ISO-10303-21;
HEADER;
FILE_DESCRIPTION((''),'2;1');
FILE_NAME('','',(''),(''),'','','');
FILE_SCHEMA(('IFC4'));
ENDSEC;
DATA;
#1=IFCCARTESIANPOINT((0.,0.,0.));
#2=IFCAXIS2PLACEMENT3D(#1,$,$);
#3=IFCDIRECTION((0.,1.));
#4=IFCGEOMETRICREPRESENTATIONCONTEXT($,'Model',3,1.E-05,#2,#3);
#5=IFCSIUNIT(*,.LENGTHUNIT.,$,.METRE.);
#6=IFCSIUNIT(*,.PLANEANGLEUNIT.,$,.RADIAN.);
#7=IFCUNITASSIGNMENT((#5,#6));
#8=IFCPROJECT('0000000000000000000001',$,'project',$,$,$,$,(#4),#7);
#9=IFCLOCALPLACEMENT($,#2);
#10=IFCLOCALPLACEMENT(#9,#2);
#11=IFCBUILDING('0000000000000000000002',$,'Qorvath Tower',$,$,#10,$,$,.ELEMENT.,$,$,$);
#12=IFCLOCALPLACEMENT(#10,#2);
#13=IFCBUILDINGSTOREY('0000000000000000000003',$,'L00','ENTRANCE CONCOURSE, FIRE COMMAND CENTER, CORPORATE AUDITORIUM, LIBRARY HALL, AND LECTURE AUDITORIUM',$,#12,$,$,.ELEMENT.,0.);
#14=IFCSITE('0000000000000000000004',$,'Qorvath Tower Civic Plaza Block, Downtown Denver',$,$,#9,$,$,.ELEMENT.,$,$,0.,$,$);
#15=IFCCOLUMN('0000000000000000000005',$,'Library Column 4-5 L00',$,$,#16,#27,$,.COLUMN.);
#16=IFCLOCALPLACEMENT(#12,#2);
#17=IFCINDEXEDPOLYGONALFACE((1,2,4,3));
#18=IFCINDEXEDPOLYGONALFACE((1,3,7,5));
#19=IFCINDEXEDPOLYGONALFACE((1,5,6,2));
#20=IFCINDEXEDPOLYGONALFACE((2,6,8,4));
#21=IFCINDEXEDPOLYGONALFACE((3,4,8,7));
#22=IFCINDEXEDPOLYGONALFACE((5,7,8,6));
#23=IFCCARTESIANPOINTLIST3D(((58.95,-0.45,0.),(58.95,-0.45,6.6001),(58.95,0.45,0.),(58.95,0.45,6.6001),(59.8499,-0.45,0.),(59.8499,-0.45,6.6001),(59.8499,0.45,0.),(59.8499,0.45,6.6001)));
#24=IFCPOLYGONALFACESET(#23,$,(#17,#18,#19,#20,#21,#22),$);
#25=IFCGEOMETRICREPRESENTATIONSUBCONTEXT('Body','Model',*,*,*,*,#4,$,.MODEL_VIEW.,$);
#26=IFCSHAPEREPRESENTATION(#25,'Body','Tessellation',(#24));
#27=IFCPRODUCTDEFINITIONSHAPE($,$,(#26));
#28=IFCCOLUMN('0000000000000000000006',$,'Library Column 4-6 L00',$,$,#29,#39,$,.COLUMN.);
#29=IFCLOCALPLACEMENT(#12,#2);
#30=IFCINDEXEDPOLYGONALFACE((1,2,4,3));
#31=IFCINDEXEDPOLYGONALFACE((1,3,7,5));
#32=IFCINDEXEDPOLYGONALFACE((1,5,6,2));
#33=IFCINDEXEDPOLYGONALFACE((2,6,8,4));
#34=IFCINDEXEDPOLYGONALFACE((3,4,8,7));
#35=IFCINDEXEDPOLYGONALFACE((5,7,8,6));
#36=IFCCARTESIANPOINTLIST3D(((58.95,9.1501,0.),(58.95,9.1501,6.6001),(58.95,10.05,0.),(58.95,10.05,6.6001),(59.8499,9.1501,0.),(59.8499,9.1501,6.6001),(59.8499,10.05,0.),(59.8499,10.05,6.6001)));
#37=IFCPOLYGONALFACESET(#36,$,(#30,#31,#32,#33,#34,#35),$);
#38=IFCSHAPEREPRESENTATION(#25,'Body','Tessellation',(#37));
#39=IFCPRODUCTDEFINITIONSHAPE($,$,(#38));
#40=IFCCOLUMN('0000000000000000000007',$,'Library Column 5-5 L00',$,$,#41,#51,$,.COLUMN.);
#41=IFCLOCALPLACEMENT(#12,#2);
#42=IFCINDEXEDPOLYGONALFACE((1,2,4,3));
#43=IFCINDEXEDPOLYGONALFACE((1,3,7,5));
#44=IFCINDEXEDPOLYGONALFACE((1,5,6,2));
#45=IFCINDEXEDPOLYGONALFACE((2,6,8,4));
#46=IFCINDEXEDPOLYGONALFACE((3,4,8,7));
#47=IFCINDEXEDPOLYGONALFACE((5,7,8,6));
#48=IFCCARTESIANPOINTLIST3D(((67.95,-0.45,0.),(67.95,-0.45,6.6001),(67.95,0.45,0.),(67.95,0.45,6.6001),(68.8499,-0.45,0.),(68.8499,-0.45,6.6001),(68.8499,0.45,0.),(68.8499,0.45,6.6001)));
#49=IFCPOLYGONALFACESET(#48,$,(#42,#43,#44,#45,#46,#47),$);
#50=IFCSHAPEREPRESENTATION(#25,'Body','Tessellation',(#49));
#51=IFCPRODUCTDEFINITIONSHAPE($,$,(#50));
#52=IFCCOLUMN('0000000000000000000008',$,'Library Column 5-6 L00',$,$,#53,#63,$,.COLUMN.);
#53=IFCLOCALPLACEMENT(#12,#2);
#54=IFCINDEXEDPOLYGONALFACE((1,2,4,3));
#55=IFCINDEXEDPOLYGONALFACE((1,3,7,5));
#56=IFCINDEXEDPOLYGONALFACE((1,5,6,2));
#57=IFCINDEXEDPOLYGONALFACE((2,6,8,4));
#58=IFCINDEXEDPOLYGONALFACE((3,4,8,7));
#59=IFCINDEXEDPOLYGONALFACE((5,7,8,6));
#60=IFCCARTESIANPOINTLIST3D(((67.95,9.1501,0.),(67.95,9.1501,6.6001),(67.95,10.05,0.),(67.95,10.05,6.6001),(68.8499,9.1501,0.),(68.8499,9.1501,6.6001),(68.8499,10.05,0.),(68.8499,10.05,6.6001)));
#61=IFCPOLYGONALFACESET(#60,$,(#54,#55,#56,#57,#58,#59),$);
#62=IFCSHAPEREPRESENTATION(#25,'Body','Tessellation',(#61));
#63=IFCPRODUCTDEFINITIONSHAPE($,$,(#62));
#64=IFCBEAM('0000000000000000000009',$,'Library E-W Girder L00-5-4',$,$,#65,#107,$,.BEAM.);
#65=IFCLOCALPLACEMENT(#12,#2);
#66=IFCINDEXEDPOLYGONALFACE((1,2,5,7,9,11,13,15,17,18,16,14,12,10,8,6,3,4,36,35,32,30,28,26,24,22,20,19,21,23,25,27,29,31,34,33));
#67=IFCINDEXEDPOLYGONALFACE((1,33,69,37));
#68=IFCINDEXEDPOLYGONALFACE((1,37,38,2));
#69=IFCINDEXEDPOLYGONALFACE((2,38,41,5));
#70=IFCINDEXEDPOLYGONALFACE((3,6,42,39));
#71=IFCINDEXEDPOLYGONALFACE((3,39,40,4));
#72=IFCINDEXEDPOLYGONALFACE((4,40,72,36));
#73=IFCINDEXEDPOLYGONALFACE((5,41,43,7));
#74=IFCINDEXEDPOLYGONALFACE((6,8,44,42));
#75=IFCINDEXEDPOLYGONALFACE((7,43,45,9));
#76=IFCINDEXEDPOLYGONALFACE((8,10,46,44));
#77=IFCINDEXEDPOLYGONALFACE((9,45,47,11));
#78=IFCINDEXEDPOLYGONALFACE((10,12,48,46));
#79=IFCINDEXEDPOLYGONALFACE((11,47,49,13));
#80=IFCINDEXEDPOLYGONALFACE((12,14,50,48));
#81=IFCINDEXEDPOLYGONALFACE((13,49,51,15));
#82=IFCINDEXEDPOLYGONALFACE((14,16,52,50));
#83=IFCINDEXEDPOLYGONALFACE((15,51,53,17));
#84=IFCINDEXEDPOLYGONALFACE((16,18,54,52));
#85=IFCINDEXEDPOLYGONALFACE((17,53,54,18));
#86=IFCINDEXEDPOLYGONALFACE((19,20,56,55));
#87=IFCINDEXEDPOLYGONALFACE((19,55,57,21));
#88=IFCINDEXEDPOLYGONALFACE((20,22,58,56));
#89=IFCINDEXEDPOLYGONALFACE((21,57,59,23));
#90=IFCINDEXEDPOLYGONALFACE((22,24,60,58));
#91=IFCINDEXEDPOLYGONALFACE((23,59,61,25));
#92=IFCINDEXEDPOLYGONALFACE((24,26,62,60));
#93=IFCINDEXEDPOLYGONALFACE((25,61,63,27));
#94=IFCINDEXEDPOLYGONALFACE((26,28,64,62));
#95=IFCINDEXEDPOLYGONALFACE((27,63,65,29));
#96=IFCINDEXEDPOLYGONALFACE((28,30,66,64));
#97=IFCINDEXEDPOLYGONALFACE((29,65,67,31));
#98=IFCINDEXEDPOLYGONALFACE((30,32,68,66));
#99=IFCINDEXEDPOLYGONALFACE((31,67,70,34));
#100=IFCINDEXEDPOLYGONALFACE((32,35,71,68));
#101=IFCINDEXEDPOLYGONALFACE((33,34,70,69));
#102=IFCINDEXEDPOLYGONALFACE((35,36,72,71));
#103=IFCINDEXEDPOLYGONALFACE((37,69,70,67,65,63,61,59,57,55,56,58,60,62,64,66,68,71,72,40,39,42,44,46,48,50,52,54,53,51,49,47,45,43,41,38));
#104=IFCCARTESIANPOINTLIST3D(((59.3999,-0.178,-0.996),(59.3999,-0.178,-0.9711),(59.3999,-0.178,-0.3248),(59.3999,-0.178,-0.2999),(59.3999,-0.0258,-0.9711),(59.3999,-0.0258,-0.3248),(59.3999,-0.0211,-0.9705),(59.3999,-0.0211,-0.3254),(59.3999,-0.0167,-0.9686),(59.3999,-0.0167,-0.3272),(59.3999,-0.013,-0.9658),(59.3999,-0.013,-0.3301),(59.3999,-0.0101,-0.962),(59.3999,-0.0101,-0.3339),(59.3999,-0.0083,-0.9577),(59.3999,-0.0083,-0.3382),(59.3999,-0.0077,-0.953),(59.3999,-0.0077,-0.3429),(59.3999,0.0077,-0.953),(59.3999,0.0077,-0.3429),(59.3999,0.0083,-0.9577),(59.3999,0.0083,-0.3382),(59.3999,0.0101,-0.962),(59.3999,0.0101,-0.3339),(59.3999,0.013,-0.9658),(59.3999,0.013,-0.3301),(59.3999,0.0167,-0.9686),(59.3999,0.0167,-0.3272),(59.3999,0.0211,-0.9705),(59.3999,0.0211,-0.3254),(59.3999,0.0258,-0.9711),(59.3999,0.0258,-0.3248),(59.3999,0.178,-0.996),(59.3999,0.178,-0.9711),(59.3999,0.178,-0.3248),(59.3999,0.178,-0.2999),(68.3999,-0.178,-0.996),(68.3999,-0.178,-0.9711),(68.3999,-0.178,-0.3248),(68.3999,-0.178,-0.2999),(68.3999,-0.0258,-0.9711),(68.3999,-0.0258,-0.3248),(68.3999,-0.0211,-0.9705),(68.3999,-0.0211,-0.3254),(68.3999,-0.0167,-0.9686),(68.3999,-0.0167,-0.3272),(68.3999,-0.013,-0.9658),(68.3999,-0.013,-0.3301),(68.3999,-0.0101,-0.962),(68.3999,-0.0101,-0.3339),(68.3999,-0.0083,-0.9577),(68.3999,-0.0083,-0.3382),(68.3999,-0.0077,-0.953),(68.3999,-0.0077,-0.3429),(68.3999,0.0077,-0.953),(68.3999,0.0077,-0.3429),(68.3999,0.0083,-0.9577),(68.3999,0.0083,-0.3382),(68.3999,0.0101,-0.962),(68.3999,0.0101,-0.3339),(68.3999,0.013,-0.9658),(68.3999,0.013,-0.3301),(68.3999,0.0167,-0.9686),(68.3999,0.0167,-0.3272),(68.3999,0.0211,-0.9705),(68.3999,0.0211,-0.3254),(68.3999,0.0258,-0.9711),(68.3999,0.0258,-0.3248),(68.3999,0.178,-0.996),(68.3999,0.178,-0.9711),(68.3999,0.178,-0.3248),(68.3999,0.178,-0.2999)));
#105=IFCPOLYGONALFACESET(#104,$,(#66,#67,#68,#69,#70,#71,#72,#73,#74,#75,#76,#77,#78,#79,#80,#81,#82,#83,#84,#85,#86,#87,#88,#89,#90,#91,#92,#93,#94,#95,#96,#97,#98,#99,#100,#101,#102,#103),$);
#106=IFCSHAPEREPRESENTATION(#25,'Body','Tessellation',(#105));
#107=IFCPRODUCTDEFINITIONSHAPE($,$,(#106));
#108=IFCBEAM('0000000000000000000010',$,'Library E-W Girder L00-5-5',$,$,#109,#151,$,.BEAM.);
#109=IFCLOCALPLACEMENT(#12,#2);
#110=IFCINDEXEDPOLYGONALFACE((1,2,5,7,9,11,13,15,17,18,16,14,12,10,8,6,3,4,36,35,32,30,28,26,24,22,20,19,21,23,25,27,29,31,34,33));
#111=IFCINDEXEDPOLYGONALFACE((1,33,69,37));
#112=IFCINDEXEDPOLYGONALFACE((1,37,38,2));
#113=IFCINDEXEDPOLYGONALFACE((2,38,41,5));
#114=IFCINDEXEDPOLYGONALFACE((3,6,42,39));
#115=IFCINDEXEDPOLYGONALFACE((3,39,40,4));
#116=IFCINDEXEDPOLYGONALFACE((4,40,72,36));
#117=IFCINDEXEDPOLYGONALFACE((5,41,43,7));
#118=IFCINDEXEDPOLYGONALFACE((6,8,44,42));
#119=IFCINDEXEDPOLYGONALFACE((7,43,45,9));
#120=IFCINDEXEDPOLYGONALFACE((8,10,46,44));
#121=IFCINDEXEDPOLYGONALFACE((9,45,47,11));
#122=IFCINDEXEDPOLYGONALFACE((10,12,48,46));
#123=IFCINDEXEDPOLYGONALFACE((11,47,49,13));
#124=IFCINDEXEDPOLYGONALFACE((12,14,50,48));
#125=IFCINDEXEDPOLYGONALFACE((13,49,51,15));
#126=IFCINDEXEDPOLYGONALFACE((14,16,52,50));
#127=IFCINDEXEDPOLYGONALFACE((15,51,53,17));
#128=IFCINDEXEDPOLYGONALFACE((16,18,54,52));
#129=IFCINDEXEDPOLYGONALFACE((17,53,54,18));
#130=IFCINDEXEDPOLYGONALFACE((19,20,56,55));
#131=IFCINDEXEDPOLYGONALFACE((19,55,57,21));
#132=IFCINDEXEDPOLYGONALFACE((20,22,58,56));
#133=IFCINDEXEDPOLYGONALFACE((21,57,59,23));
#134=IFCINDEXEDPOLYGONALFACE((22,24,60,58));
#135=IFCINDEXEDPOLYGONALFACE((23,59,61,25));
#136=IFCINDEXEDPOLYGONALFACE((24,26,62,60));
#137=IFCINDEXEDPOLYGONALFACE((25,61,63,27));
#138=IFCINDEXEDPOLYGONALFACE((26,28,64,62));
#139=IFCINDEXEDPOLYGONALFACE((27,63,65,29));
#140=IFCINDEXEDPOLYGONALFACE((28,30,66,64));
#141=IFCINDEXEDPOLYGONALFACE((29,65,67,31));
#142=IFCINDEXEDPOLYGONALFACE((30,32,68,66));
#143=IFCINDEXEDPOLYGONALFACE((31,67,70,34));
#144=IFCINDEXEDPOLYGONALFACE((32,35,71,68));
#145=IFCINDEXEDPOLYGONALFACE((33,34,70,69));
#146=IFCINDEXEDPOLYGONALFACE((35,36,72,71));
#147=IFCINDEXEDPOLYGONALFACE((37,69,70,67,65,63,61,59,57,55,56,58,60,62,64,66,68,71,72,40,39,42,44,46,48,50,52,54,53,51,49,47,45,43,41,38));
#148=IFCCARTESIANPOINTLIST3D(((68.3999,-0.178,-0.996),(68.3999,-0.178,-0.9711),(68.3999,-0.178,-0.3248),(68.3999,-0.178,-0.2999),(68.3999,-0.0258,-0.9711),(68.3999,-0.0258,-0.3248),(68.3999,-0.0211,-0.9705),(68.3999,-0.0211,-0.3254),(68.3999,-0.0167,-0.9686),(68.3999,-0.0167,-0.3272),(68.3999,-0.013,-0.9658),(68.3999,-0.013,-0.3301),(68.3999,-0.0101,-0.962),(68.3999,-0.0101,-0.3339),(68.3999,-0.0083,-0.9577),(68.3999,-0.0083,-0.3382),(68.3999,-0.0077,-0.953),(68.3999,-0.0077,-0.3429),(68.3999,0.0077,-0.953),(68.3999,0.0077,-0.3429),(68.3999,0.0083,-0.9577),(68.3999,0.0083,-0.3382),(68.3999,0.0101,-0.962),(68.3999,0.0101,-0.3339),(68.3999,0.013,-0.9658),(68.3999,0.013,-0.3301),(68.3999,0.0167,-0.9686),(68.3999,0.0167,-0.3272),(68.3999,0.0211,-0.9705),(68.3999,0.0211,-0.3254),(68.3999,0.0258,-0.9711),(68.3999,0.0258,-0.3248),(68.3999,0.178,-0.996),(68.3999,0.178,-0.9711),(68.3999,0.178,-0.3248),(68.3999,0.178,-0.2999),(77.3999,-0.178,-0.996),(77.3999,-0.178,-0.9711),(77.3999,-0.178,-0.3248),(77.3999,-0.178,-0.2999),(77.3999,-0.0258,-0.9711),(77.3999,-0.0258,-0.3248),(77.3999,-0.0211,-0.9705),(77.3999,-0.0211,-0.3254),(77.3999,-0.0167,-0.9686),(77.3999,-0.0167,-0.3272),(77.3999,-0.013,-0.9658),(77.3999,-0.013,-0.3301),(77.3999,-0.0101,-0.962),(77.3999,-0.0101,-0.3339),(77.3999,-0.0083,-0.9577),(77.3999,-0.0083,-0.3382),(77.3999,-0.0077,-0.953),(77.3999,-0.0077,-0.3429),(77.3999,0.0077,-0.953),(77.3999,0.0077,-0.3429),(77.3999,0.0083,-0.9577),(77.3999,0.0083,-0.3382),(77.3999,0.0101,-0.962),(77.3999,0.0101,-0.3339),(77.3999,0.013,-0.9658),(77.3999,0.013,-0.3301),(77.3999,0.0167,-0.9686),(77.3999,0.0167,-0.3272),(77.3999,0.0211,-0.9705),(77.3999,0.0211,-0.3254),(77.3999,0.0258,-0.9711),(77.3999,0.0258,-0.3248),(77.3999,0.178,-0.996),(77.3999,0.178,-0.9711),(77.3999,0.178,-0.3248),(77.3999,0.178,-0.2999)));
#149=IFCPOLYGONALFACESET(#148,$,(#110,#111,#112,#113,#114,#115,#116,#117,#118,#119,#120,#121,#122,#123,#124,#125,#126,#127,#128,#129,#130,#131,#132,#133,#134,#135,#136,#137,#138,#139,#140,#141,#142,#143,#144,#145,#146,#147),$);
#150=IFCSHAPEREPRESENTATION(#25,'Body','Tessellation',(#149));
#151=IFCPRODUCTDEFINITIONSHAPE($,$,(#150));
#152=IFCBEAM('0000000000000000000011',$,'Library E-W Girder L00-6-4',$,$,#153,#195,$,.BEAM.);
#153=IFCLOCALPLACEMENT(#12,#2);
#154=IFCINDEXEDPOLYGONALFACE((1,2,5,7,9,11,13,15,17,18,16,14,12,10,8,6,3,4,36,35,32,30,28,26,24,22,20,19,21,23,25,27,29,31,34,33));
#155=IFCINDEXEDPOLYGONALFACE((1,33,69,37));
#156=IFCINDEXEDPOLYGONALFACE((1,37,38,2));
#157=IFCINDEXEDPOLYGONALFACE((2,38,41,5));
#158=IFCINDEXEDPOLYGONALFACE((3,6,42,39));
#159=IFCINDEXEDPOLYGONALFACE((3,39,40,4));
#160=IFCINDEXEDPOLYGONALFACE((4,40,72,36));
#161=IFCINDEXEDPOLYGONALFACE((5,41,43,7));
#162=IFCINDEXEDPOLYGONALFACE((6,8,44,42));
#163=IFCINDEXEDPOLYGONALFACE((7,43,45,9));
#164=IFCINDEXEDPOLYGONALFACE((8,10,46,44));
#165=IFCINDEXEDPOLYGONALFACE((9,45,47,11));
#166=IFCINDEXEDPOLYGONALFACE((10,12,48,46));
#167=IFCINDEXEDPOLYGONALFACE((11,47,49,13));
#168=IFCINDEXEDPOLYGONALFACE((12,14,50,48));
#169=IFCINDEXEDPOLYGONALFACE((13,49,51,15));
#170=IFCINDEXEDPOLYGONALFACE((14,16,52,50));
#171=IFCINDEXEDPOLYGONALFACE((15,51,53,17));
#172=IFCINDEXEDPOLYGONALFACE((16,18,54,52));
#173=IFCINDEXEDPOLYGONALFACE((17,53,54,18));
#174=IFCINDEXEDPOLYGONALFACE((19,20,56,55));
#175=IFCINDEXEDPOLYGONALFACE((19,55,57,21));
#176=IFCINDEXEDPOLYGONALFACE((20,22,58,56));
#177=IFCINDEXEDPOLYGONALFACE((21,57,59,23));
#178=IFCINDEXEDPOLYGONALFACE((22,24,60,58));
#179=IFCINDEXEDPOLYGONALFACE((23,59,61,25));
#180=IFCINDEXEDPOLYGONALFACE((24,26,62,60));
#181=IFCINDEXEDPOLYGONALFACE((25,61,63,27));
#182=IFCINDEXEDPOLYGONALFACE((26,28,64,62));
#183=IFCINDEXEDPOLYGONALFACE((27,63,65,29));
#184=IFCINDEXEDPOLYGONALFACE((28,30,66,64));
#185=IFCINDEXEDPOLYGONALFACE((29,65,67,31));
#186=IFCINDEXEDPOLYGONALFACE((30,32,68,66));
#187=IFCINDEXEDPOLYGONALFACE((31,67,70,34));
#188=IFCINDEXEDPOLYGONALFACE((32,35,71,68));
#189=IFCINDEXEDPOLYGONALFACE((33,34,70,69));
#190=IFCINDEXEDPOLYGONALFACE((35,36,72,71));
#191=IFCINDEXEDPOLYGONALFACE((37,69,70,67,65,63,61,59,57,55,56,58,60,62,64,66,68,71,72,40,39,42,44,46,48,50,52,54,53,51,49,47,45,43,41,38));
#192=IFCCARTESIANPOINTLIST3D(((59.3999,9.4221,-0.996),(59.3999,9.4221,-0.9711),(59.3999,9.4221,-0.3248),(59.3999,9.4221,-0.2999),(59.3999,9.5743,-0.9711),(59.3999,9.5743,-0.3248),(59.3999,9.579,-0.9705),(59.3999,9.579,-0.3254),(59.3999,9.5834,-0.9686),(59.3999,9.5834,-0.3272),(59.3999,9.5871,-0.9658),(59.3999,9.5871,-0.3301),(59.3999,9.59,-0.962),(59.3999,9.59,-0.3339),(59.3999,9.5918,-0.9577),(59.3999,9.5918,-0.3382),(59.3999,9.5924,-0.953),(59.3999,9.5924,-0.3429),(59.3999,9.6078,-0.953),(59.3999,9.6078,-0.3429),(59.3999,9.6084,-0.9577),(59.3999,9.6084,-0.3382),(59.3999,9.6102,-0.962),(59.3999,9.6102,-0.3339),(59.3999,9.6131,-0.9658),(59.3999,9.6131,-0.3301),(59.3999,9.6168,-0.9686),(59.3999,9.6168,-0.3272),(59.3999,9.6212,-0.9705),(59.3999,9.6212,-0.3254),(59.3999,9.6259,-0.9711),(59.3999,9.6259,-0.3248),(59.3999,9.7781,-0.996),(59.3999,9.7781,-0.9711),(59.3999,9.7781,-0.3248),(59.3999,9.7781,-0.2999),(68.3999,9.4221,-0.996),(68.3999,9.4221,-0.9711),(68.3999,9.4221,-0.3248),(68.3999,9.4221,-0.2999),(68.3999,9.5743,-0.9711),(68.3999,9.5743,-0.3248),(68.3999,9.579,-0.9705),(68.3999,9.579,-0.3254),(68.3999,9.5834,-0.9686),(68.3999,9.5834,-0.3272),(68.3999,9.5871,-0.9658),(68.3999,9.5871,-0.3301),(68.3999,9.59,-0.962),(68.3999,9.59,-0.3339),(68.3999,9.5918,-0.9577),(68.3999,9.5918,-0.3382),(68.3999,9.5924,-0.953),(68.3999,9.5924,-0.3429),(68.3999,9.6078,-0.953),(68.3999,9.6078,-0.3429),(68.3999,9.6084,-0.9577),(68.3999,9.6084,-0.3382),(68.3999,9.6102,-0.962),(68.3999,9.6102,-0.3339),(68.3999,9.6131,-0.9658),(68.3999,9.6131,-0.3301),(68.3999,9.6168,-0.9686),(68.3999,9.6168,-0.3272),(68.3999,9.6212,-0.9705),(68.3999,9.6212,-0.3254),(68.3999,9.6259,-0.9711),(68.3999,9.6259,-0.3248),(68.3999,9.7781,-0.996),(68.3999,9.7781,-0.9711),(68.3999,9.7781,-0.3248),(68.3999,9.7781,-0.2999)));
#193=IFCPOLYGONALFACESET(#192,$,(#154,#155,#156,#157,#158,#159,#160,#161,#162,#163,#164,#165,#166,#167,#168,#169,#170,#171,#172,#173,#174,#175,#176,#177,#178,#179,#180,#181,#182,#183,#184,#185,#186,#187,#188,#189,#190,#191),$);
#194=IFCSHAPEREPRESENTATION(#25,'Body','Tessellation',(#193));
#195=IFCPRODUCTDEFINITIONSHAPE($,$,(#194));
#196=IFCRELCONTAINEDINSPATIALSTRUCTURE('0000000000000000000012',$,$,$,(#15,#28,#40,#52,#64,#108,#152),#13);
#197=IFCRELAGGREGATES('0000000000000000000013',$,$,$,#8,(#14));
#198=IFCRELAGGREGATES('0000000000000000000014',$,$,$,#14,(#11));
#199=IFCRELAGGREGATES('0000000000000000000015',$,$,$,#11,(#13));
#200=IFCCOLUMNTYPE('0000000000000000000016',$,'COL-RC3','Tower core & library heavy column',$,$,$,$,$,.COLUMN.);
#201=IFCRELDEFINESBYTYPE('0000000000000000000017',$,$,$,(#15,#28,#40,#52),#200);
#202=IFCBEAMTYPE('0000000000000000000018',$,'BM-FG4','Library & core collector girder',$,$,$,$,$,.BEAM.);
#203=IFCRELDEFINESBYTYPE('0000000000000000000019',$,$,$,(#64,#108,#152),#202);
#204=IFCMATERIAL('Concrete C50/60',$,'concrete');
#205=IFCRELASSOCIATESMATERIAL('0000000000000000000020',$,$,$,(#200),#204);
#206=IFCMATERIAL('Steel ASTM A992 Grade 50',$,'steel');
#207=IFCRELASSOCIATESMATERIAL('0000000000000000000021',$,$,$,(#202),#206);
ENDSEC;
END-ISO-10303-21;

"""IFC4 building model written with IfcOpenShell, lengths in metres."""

from ifc_helpers import new_model, si_unit, direction, frame, origin, origin_2d, place, context, subcontext, project, spatial, rectangle, i_section, extrude, material, material_profile, profile_set, type_object, element, save


model = new_model("IFC4")

# Units and contexts
model_context = context("Model", 3, precision=1e-05, world=origin(), true_north=direction((0.0, 1.0)))
body_context = subcontext(model_context, "Body", "Model", "MODEL_VIEW")
ifc_project = project(units=[si_unit("LENGTHUNIT", "METRE"), si_unit("PLANEANGLEUNIT", "RADIAN")], contexts=[model_context])

# Site, building, storey
site_placement = place(None, origin())
site = spatial("IfcSite", under=ifc_project, at=site_placement, Name="Qorvath Tower Civic Plaza Block, Downtown Denver", CompositionType="ELEMENT", RefElevation=0.0)
building_placement = place(site_placement, origin())
building = spatial("IfcBuilding", under=site, at=building_placement, Name="Qorvath Tower", CompositionType="ELEMENT")
storey_placement = place(building_placement, origin())
storey = spatial("IfcBuildingStorey", under=building, at=storey_placement, Name="L00", Description="ENTRANCE CONCOURSE, FIRE COMMAND CENTER, CORPORATE AUDITORIUM, LIBRARY HALL, AND LECTURE AUDITORIUM", CompositionType="ELEMENT", Elevation=0.0)

# Columns
ifc_material_1 = material(Name="Concrete C50/60", Category="concrete")
ifc_material_profile_1 = material_profile(ifc_material_1, rectangle(XDim=0.8999, YDim=0.8999, at=origin_2d()), Name="RC 900x900")
ifc_profile_set_1 = profile_set([ifc_material_profile_1], Name="Concrete C50/60")
column_type = type_object("IfcColumnType", Name="COL-RC3", Description="Tower core & library heavy column", PredefinedType="COLUMN", material=ifc_profile_set_1)
for number, where, z_axis, x_axis, name in (
    (1, (59.3999, 0.0, 0.0), (0.0, 0.0, 1.0), (1.0, 0.0, 0.0), "Library Column 4-5 L00"),
    (2, (59.3999, 9.6001, 0.0), (0.0, 0.0, 1.0), (1.0, 0.0, 0.0), "Library Column 4-6 L00"),
    (3, (68.3999, 0.0, 0.0), (0.0, 0.0, 1.0), (1.0, 0.0, 0.0), "Library Column 5-5 L00"),
    (4, (68.3999, 9.6001, 0.0), (0.0, 0.0, 1.0), (1.0, 0.0, 0.0), "Library Column 5-6 L00"),
):
    element("IfcColumn", number, at=place(storey_placement, frame(where, z_axis=z_axis, x_axis=x_axis)), inside=storey, type_object=column_type, Name=name, PredefinedType="COLUMN", context=body_context, shape_type="SweptSolid", body=[
        extrude(rectangle(XDim=0.8999, YDim=0.8999, at=origin_2d()), origin(), (0.0, 0.0, 1.0), 6.6001),
    ])

# Beams
ifc_material_2 = material(Name="Steel ASTM A992 Grade 50", Category="steel")
ifc_material_profile_2 = material_profile(ifc_material_2, i_section(OverallWidth=0.356, OverallDepth=0.696, WebThickness=0.0154, FlangeThickness=0.0249, FilletRadius=0.0181, at=origin_2d()), Name="W27x146")
ifc_profile_set_2 = profile_set([ifc_material_profile_2], Name="Steel ASTM A992 Grade 50")
beam_type_1 = type_object("IfcBeamType", Name="BM-FG4", Description="Library & core collector girder", PredefinedType="BEAM", material=ifc_profile_set_2)
for number, where, z_axis, x_axis, name in (
    (5, (59.3999, 0.0, -0.6479), (1.0, 0.0, 0.0), (0.0, 1.0, 0.0), "Library E-W Girder L00-5-4"),
    (6, (68.3999, 0.0, -0.6479), (1.0, 0.0, 0.0), (0.0, 1.0, 0.0), "Library E-W Girder L00-5-5"),
    (7, (59.3999, 9.6001, -0.6479), (1.0, 0.0, 0.0), (0.0, 1.0, 0.0), "Library E-W Girder L00-6-4"),
):
    element("IfcBeam", number, at=place(storey_placement, frame(where, z_axis=z_axis, x_axis=x_axis)), inside=storey, type_object=beam_type_1, Name=name, PredefinedType="BEAM", context=body_context, shape_type="SweptSolid", body=[
        extrude(i_section(OverallWidth=0.356, OverallDepth=0.696, WebThickness=0.0154, FlangeThickness=0.0249, FilletRadius=0.0181, at=origin_2d()), origin(), (0.0, 0.0, 1.0), 9.0),
    ])

save(model, "model.ifc")
